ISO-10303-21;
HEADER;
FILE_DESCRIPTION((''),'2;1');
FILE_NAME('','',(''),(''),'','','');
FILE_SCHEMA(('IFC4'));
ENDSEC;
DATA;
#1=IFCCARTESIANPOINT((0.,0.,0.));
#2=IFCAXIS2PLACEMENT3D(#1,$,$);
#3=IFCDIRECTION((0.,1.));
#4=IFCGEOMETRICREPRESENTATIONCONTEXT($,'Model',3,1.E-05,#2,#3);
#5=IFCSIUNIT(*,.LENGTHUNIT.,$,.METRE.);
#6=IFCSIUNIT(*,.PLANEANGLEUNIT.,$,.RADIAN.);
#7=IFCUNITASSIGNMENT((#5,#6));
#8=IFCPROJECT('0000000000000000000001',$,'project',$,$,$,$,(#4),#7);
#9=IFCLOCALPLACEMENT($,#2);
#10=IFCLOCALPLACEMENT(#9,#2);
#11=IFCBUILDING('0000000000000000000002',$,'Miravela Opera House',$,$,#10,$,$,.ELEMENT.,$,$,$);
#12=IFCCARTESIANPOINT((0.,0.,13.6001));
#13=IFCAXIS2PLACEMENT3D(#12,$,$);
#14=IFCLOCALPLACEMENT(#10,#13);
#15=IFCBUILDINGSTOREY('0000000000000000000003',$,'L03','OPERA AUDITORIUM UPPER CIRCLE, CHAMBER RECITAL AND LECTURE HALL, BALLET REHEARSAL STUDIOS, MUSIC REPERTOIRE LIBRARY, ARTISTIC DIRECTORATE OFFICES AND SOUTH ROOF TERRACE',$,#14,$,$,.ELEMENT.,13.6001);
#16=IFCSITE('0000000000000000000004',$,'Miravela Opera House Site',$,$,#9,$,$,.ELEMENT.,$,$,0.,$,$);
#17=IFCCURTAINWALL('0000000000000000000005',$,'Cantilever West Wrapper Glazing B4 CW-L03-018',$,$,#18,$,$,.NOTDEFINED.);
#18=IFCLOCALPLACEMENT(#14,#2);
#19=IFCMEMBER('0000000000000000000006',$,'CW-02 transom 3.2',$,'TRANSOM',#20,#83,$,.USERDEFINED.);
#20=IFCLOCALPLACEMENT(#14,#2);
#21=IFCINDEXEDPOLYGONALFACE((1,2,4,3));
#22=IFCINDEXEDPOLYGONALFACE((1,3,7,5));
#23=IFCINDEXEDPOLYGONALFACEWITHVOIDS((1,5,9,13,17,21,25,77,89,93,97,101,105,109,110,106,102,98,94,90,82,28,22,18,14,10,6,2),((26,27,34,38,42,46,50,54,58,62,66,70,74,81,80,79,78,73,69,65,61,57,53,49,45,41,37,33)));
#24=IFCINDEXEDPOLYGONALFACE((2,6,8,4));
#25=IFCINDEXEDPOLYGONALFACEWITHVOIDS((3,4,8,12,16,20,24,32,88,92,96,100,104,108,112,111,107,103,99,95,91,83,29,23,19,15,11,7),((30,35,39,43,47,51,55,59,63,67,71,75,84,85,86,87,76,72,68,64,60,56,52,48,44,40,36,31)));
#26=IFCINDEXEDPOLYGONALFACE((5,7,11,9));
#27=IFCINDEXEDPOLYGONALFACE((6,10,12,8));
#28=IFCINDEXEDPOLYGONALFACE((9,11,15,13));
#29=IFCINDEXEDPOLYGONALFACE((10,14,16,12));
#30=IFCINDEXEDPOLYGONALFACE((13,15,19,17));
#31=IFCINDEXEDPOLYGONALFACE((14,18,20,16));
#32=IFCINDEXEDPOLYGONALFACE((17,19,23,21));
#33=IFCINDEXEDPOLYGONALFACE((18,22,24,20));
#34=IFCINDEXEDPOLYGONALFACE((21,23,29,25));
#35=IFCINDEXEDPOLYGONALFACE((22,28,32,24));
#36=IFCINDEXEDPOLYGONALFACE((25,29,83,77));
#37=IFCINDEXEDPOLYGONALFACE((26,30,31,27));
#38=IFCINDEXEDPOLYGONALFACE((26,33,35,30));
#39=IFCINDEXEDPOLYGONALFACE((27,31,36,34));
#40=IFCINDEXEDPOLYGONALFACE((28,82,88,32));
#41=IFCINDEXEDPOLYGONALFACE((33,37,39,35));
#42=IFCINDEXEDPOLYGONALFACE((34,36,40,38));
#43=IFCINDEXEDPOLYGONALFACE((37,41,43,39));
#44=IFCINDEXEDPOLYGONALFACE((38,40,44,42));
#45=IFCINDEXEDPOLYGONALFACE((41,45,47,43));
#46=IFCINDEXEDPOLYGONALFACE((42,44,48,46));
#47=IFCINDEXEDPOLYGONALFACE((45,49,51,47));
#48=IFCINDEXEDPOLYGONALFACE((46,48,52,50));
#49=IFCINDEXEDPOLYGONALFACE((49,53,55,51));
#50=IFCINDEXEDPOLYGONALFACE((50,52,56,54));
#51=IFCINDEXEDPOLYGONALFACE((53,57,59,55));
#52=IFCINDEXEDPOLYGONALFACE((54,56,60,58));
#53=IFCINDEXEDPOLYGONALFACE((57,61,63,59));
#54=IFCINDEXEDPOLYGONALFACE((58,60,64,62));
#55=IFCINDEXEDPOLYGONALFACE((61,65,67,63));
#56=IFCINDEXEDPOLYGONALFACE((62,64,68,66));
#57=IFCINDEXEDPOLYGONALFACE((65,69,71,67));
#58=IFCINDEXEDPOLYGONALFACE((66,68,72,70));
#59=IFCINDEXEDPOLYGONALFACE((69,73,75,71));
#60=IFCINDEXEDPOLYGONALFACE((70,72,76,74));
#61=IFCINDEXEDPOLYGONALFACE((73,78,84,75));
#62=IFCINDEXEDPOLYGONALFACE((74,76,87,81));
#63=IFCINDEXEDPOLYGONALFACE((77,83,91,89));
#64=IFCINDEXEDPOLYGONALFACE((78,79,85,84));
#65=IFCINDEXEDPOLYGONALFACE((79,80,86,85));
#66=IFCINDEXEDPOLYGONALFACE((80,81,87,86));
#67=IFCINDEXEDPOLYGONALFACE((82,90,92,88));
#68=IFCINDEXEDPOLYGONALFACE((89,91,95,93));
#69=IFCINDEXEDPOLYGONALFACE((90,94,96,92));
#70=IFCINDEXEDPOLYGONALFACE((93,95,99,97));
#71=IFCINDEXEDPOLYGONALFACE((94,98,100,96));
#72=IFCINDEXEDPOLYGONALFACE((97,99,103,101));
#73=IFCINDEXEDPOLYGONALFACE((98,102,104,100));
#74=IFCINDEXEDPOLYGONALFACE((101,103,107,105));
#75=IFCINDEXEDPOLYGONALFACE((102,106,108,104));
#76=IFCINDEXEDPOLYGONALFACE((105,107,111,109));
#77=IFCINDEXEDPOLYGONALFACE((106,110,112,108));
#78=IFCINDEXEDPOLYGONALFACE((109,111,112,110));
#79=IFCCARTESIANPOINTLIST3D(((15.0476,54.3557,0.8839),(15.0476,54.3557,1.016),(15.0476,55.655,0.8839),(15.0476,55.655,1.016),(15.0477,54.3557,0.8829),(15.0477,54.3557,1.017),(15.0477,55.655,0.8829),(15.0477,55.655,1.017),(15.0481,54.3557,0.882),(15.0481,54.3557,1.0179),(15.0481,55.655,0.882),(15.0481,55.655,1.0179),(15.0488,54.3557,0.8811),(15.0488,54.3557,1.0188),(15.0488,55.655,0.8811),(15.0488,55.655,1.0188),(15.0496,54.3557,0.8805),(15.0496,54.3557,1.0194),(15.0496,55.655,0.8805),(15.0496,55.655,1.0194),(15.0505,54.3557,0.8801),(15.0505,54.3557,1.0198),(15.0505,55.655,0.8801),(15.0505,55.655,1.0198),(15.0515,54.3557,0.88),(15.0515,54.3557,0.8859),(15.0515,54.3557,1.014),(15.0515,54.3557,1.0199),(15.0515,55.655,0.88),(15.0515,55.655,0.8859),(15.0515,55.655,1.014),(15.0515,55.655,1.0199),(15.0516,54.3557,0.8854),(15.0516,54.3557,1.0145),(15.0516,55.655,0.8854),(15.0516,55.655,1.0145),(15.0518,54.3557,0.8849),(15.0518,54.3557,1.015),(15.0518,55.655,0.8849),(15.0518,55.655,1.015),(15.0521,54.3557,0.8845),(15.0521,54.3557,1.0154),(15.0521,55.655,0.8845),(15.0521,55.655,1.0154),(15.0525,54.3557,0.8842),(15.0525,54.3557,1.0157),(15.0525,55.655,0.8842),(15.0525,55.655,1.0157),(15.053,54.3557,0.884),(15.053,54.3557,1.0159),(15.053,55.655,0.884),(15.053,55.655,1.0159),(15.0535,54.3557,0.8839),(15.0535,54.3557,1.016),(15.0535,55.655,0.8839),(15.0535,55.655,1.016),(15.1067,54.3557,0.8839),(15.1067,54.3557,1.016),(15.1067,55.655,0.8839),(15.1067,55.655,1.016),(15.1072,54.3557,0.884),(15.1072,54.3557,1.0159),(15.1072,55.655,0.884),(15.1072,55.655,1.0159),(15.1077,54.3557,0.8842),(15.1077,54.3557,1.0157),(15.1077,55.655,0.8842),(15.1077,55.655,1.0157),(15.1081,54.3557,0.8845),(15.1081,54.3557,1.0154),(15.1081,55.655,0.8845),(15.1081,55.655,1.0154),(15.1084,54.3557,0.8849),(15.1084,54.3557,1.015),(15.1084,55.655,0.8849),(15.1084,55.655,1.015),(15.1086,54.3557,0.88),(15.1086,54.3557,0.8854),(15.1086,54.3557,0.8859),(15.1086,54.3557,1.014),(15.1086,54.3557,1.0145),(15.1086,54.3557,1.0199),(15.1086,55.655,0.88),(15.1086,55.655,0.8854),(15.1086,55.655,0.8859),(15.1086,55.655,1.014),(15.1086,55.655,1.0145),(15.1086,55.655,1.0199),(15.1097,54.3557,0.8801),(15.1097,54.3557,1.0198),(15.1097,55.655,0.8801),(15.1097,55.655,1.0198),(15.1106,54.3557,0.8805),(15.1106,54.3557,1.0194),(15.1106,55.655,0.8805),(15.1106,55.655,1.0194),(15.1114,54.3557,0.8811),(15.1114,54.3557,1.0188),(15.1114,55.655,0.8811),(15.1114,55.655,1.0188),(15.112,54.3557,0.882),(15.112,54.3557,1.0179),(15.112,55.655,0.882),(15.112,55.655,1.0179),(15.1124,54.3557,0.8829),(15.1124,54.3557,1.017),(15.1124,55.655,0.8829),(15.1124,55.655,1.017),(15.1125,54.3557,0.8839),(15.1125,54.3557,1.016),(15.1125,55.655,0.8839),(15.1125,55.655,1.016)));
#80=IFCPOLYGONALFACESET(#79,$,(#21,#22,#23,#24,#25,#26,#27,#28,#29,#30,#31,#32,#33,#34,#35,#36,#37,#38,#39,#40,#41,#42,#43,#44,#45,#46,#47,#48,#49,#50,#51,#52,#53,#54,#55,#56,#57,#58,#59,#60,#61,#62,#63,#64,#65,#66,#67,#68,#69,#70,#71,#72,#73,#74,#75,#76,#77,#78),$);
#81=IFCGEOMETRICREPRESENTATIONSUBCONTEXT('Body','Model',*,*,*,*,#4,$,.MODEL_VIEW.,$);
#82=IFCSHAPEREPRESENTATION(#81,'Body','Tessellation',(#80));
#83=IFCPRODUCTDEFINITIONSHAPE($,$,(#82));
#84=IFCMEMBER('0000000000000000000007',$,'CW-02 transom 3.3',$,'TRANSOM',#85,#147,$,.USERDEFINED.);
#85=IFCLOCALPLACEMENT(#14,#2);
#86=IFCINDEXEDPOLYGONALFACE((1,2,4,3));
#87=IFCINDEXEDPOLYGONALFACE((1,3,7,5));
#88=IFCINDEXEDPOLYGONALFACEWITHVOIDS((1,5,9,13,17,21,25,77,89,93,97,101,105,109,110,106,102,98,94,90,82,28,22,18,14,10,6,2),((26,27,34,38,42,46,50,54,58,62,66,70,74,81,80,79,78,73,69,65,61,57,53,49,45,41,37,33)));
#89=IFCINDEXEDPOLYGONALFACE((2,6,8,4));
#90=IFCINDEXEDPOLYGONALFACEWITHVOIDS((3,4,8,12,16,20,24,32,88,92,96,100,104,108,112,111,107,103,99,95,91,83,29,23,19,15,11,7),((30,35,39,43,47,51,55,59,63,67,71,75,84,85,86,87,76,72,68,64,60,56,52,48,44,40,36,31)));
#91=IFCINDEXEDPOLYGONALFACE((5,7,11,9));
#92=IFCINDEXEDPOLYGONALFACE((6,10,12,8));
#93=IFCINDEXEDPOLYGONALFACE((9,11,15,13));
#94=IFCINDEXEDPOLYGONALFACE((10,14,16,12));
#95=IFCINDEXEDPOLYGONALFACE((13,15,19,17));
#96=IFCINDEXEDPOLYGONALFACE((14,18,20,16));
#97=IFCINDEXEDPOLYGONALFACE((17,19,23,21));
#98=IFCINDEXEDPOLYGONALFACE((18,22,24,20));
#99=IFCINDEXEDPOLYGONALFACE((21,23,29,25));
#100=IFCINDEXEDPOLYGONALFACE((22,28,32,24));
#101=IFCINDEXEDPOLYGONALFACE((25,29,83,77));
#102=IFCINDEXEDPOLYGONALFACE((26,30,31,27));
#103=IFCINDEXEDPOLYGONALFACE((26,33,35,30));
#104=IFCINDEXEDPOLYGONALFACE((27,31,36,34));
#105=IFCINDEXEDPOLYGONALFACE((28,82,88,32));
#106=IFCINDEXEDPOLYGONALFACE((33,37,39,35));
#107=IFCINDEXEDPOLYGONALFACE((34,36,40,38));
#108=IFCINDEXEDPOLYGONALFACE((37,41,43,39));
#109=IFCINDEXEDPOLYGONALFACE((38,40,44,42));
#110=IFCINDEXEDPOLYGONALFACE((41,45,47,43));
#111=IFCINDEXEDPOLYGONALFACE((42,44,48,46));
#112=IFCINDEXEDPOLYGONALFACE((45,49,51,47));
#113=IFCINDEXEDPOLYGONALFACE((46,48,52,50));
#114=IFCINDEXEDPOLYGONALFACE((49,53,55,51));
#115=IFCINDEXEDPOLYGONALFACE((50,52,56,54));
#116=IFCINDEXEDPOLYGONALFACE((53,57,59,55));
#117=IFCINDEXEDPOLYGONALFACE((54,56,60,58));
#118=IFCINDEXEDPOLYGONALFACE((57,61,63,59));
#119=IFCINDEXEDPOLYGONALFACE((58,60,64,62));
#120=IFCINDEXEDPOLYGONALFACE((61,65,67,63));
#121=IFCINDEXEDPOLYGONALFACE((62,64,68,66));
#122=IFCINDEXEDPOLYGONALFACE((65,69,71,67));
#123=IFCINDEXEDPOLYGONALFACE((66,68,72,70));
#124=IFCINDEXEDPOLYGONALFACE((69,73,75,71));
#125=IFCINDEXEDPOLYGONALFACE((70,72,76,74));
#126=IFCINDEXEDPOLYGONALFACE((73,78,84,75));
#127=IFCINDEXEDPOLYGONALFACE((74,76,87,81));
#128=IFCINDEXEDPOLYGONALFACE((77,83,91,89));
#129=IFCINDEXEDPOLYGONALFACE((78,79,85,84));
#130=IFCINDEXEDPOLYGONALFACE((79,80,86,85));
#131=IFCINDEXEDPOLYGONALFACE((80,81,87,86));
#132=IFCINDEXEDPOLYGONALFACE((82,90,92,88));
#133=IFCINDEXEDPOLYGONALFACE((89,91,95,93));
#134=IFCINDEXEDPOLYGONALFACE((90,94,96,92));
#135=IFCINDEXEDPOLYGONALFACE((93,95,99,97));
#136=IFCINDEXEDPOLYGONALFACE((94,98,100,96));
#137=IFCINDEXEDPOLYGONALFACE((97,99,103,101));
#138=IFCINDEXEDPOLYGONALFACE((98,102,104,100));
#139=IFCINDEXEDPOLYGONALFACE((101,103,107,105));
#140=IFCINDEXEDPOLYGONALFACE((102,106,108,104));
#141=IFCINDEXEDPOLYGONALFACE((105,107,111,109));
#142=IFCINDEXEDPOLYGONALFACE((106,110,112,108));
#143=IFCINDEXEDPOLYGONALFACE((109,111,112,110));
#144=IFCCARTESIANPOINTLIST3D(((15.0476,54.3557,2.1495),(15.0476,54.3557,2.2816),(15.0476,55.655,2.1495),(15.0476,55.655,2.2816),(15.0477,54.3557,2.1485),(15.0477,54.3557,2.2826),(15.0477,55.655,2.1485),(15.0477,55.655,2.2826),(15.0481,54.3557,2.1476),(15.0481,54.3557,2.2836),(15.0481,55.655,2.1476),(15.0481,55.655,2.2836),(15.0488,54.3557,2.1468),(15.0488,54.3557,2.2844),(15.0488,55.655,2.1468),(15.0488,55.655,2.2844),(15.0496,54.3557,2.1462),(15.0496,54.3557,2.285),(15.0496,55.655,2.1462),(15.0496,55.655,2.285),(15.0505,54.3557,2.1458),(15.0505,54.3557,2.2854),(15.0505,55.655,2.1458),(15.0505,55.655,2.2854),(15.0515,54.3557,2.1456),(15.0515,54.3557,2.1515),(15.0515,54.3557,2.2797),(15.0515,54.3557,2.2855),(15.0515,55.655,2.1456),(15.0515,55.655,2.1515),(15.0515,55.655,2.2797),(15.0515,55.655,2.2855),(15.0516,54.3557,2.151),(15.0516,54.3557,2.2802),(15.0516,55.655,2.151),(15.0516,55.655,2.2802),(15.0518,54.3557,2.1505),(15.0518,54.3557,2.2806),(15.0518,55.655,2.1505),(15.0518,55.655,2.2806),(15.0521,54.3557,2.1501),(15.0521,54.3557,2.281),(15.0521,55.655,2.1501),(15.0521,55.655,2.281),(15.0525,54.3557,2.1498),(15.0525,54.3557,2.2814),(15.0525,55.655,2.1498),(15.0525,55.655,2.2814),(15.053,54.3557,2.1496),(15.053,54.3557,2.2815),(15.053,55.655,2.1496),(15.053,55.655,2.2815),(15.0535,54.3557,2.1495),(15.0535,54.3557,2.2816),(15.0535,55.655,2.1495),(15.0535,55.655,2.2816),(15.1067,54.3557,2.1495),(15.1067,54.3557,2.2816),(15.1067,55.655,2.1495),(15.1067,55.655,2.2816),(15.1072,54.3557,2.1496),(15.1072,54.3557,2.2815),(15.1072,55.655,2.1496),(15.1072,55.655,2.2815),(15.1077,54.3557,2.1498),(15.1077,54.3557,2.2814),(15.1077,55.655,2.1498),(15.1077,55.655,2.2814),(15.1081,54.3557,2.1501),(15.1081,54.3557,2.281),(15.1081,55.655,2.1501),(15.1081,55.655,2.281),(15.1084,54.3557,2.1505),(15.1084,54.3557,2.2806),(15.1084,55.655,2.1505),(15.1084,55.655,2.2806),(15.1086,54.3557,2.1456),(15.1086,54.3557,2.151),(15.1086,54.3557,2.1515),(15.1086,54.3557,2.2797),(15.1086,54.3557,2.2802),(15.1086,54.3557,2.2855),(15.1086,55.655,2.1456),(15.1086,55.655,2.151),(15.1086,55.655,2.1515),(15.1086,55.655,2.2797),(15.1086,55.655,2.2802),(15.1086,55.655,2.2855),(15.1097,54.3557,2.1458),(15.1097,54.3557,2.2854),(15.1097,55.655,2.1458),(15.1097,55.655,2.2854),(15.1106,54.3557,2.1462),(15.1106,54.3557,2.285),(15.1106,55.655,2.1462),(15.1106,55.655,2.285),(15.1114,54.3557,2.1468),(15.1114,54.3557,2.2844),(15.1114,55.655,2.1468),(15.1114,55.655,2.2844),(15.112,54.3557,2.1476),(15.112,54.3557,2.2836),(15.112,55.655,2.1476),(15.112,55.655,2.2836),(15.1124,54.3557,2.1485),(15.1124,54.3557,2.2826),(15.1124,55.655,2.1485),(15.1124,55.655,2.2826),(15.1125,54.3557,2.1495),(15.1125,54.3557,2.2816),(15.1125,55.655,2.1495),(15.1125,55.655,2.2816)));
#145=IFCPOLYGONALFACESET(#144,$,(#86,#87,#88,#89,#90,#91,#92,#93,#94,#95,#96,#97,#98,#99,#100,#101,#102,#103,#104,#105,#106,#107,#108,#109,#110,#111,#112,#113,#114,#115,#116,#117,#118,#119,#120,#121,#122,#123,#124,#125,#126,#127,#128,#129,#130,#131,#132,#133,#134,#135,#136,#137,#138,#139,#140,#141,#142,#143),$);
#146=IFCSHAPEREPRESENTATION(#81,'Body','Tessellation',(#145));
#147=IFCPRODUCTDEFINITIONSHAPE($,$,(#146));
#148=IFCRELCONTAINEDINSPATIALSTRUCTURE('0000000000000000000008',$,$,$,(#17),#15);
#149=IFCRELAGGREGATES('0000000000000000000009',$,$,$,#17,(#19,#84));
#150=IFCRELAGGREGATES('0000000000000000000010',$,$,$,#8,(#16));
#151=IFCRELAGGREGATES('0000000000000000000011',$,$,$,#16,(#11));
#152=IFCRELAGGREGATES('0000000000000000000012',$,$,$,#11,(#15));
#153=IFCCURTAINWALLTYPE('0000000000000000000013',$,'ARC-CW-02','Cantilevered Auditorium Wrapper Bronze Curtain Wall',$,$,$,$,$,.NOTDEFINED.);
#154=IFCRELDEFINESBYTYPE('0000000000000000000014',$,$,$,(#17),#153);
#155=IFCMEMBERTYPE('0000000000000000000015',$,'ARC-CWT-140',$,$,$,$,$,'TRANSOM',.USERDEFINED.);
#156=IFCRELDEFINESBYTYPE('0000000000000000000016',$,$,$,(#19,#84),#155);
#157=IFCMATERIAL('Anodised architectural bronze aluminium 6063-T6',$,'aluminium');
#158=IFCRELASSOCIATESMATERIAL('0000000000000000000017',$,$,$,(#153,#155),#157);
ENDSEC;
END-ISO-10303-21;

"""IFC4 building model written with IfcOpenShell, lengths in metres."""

from ifc_helpers import new_model, si_unit, direction, frame, origin, origin_2d, place, context, subcontext, project, spatial, hollow_rectangle, extrude, material, material_profile, profile_set, type_object, element, aggregate, save


model = new_model("IFC4")

# Units and contexts
model_context = context("Model", 3, precision=1e-05, world=origin(), true_north=direction((0.0, 1.0)))
body_context = subcontext(model_context, "Body", "Model", "MODEL_VIEW")
ifc_project = project(units=[si_unit("LENGTHUNIT", "METRE"), si_unit("PLANEANGLEUNIT", "RADIAN")], contexts=[model_context])

# Site, building, storey
site_placement = place(None, origin())
site = spatial("IfcSite", under=ifc_project, at=site_placement, Name="Miravela Opera House Site", CompositionType="ELEMENT", RefElevation=0.0)
building_placement = place(site_placement, origin())
building = spatial("IfcBuilding", under=site, at=building_placement, Name="Miravela Opera House", CompositionType="ELEMENT")
storey_placement = place(building_placement, frame((0.0, 0.0, 13.6001)))
storey = spatial("IfcBuildingStorey", under=building, at=storey_placement, Name="L03", Description="OPERA AUDITORIUM UPPER CIRCLE, CHAMBER RECITAL AND LECTURE HALL, BALLET REHEARSAL STUDIOS, MUSIC REPERTOIRE LIBRARY, ARTISTIC DIRECTORATE OFFICES AND SOUTH ROOF TERRACE", CompositionType="ELEMENT", Elevation=13.6001)

# Curtain wall, members
ifc_material_1 = material(Name="Anodised architectural bronze aluminium 6063-T6", Category="aluminium")
curtain_wall_type = type_object("IfcCurtainWallType", Name="ARC-CW-02", Description="Cantilevered Auditorium Wrapper Bronze Curtain Wall", PredefinedType="NOTDEFINED", material=ifc_material_1)
curtain_wall_placement = place(storey_placement, origin())
curtain_wall = element("IfcCurtainWall", 1, at=curtain_wall_placement, inside=storey, type_object=curtain_wall_type, Name="Cantilever West Wrapper Glazing B4 CW-L03-018", PredefinedType="NOTDEFINED")
ifc_material_profile_1 = material_profile(ifc_material_1, hollow_rectangle(XDim=0.0649, YDim=0.1399, WallThickness=0.0039, InnerFilletRadius=0.002, OuterFilletRadius=0.0039, at=origin_2d()), Name="CWT-65X140")
ifc_profile_set_1 = profile_set([ifc_material_profile_1])
member_type_1 = type_object("IfcMemberType", Name="ARC-CWT-140", ElementType="TRANSOM", PredefinedType="USERDEFINED", material=ifc_profile_set_1)
member_1_placement = place(storey_placement, frame((15.0801, 54.3557, 0.95), z_axis=(0.0, 1.0, 0.0), x_axis=(-1.0, 0.0, 0.0)))
member_1 = element("IfcMember", 2, at=member_1_placement, type_object=member_type_1, Name="CW-02 transom 3.2", ObjectType="TRANSOM", PredefinedType="USERDEFINED", context=body_context, shape_type="SweptSolid", body=[
    extrude(hollow_rectangle(XDim=0.0649, YDim=0.1399, WallThickness=0.0039, InnerFilletRadius=0.002, OuterFilletRadius=0.0039, at=origin_2d()), origin(), (0.0, 0.0, 1.0), 1.2993),
])
member_2_placement = place(storey_placement, frame((15.0801, 54.3557, 2.2156), z_axis=(0.0, 1.0, 0.0), x_axis=(-1.0, 0.0, 0.0)))
member_2 = element("IfcMember", 3, at=member_2_placement, type_object=member_type_1, Name="CW-02 transom 3.3", ObjectType="TRANSOM", PredefinedType="USERDEFINED", context=body_context, shape_type="SweptSolid", body=[
    extrude(hollow_rectangle(XDim=0.0649, YDim=0.1399, WallThickness=0.0039, InnerFilletRadius=0.002, OuterFilletRadius=0.0039, at=origin_2d()), origin(), (0.0, 0.0, 1.0), 1.2993),
])

aggregate(curtain_wall, [member_1, member_2])

save(model, "model.ifc")
